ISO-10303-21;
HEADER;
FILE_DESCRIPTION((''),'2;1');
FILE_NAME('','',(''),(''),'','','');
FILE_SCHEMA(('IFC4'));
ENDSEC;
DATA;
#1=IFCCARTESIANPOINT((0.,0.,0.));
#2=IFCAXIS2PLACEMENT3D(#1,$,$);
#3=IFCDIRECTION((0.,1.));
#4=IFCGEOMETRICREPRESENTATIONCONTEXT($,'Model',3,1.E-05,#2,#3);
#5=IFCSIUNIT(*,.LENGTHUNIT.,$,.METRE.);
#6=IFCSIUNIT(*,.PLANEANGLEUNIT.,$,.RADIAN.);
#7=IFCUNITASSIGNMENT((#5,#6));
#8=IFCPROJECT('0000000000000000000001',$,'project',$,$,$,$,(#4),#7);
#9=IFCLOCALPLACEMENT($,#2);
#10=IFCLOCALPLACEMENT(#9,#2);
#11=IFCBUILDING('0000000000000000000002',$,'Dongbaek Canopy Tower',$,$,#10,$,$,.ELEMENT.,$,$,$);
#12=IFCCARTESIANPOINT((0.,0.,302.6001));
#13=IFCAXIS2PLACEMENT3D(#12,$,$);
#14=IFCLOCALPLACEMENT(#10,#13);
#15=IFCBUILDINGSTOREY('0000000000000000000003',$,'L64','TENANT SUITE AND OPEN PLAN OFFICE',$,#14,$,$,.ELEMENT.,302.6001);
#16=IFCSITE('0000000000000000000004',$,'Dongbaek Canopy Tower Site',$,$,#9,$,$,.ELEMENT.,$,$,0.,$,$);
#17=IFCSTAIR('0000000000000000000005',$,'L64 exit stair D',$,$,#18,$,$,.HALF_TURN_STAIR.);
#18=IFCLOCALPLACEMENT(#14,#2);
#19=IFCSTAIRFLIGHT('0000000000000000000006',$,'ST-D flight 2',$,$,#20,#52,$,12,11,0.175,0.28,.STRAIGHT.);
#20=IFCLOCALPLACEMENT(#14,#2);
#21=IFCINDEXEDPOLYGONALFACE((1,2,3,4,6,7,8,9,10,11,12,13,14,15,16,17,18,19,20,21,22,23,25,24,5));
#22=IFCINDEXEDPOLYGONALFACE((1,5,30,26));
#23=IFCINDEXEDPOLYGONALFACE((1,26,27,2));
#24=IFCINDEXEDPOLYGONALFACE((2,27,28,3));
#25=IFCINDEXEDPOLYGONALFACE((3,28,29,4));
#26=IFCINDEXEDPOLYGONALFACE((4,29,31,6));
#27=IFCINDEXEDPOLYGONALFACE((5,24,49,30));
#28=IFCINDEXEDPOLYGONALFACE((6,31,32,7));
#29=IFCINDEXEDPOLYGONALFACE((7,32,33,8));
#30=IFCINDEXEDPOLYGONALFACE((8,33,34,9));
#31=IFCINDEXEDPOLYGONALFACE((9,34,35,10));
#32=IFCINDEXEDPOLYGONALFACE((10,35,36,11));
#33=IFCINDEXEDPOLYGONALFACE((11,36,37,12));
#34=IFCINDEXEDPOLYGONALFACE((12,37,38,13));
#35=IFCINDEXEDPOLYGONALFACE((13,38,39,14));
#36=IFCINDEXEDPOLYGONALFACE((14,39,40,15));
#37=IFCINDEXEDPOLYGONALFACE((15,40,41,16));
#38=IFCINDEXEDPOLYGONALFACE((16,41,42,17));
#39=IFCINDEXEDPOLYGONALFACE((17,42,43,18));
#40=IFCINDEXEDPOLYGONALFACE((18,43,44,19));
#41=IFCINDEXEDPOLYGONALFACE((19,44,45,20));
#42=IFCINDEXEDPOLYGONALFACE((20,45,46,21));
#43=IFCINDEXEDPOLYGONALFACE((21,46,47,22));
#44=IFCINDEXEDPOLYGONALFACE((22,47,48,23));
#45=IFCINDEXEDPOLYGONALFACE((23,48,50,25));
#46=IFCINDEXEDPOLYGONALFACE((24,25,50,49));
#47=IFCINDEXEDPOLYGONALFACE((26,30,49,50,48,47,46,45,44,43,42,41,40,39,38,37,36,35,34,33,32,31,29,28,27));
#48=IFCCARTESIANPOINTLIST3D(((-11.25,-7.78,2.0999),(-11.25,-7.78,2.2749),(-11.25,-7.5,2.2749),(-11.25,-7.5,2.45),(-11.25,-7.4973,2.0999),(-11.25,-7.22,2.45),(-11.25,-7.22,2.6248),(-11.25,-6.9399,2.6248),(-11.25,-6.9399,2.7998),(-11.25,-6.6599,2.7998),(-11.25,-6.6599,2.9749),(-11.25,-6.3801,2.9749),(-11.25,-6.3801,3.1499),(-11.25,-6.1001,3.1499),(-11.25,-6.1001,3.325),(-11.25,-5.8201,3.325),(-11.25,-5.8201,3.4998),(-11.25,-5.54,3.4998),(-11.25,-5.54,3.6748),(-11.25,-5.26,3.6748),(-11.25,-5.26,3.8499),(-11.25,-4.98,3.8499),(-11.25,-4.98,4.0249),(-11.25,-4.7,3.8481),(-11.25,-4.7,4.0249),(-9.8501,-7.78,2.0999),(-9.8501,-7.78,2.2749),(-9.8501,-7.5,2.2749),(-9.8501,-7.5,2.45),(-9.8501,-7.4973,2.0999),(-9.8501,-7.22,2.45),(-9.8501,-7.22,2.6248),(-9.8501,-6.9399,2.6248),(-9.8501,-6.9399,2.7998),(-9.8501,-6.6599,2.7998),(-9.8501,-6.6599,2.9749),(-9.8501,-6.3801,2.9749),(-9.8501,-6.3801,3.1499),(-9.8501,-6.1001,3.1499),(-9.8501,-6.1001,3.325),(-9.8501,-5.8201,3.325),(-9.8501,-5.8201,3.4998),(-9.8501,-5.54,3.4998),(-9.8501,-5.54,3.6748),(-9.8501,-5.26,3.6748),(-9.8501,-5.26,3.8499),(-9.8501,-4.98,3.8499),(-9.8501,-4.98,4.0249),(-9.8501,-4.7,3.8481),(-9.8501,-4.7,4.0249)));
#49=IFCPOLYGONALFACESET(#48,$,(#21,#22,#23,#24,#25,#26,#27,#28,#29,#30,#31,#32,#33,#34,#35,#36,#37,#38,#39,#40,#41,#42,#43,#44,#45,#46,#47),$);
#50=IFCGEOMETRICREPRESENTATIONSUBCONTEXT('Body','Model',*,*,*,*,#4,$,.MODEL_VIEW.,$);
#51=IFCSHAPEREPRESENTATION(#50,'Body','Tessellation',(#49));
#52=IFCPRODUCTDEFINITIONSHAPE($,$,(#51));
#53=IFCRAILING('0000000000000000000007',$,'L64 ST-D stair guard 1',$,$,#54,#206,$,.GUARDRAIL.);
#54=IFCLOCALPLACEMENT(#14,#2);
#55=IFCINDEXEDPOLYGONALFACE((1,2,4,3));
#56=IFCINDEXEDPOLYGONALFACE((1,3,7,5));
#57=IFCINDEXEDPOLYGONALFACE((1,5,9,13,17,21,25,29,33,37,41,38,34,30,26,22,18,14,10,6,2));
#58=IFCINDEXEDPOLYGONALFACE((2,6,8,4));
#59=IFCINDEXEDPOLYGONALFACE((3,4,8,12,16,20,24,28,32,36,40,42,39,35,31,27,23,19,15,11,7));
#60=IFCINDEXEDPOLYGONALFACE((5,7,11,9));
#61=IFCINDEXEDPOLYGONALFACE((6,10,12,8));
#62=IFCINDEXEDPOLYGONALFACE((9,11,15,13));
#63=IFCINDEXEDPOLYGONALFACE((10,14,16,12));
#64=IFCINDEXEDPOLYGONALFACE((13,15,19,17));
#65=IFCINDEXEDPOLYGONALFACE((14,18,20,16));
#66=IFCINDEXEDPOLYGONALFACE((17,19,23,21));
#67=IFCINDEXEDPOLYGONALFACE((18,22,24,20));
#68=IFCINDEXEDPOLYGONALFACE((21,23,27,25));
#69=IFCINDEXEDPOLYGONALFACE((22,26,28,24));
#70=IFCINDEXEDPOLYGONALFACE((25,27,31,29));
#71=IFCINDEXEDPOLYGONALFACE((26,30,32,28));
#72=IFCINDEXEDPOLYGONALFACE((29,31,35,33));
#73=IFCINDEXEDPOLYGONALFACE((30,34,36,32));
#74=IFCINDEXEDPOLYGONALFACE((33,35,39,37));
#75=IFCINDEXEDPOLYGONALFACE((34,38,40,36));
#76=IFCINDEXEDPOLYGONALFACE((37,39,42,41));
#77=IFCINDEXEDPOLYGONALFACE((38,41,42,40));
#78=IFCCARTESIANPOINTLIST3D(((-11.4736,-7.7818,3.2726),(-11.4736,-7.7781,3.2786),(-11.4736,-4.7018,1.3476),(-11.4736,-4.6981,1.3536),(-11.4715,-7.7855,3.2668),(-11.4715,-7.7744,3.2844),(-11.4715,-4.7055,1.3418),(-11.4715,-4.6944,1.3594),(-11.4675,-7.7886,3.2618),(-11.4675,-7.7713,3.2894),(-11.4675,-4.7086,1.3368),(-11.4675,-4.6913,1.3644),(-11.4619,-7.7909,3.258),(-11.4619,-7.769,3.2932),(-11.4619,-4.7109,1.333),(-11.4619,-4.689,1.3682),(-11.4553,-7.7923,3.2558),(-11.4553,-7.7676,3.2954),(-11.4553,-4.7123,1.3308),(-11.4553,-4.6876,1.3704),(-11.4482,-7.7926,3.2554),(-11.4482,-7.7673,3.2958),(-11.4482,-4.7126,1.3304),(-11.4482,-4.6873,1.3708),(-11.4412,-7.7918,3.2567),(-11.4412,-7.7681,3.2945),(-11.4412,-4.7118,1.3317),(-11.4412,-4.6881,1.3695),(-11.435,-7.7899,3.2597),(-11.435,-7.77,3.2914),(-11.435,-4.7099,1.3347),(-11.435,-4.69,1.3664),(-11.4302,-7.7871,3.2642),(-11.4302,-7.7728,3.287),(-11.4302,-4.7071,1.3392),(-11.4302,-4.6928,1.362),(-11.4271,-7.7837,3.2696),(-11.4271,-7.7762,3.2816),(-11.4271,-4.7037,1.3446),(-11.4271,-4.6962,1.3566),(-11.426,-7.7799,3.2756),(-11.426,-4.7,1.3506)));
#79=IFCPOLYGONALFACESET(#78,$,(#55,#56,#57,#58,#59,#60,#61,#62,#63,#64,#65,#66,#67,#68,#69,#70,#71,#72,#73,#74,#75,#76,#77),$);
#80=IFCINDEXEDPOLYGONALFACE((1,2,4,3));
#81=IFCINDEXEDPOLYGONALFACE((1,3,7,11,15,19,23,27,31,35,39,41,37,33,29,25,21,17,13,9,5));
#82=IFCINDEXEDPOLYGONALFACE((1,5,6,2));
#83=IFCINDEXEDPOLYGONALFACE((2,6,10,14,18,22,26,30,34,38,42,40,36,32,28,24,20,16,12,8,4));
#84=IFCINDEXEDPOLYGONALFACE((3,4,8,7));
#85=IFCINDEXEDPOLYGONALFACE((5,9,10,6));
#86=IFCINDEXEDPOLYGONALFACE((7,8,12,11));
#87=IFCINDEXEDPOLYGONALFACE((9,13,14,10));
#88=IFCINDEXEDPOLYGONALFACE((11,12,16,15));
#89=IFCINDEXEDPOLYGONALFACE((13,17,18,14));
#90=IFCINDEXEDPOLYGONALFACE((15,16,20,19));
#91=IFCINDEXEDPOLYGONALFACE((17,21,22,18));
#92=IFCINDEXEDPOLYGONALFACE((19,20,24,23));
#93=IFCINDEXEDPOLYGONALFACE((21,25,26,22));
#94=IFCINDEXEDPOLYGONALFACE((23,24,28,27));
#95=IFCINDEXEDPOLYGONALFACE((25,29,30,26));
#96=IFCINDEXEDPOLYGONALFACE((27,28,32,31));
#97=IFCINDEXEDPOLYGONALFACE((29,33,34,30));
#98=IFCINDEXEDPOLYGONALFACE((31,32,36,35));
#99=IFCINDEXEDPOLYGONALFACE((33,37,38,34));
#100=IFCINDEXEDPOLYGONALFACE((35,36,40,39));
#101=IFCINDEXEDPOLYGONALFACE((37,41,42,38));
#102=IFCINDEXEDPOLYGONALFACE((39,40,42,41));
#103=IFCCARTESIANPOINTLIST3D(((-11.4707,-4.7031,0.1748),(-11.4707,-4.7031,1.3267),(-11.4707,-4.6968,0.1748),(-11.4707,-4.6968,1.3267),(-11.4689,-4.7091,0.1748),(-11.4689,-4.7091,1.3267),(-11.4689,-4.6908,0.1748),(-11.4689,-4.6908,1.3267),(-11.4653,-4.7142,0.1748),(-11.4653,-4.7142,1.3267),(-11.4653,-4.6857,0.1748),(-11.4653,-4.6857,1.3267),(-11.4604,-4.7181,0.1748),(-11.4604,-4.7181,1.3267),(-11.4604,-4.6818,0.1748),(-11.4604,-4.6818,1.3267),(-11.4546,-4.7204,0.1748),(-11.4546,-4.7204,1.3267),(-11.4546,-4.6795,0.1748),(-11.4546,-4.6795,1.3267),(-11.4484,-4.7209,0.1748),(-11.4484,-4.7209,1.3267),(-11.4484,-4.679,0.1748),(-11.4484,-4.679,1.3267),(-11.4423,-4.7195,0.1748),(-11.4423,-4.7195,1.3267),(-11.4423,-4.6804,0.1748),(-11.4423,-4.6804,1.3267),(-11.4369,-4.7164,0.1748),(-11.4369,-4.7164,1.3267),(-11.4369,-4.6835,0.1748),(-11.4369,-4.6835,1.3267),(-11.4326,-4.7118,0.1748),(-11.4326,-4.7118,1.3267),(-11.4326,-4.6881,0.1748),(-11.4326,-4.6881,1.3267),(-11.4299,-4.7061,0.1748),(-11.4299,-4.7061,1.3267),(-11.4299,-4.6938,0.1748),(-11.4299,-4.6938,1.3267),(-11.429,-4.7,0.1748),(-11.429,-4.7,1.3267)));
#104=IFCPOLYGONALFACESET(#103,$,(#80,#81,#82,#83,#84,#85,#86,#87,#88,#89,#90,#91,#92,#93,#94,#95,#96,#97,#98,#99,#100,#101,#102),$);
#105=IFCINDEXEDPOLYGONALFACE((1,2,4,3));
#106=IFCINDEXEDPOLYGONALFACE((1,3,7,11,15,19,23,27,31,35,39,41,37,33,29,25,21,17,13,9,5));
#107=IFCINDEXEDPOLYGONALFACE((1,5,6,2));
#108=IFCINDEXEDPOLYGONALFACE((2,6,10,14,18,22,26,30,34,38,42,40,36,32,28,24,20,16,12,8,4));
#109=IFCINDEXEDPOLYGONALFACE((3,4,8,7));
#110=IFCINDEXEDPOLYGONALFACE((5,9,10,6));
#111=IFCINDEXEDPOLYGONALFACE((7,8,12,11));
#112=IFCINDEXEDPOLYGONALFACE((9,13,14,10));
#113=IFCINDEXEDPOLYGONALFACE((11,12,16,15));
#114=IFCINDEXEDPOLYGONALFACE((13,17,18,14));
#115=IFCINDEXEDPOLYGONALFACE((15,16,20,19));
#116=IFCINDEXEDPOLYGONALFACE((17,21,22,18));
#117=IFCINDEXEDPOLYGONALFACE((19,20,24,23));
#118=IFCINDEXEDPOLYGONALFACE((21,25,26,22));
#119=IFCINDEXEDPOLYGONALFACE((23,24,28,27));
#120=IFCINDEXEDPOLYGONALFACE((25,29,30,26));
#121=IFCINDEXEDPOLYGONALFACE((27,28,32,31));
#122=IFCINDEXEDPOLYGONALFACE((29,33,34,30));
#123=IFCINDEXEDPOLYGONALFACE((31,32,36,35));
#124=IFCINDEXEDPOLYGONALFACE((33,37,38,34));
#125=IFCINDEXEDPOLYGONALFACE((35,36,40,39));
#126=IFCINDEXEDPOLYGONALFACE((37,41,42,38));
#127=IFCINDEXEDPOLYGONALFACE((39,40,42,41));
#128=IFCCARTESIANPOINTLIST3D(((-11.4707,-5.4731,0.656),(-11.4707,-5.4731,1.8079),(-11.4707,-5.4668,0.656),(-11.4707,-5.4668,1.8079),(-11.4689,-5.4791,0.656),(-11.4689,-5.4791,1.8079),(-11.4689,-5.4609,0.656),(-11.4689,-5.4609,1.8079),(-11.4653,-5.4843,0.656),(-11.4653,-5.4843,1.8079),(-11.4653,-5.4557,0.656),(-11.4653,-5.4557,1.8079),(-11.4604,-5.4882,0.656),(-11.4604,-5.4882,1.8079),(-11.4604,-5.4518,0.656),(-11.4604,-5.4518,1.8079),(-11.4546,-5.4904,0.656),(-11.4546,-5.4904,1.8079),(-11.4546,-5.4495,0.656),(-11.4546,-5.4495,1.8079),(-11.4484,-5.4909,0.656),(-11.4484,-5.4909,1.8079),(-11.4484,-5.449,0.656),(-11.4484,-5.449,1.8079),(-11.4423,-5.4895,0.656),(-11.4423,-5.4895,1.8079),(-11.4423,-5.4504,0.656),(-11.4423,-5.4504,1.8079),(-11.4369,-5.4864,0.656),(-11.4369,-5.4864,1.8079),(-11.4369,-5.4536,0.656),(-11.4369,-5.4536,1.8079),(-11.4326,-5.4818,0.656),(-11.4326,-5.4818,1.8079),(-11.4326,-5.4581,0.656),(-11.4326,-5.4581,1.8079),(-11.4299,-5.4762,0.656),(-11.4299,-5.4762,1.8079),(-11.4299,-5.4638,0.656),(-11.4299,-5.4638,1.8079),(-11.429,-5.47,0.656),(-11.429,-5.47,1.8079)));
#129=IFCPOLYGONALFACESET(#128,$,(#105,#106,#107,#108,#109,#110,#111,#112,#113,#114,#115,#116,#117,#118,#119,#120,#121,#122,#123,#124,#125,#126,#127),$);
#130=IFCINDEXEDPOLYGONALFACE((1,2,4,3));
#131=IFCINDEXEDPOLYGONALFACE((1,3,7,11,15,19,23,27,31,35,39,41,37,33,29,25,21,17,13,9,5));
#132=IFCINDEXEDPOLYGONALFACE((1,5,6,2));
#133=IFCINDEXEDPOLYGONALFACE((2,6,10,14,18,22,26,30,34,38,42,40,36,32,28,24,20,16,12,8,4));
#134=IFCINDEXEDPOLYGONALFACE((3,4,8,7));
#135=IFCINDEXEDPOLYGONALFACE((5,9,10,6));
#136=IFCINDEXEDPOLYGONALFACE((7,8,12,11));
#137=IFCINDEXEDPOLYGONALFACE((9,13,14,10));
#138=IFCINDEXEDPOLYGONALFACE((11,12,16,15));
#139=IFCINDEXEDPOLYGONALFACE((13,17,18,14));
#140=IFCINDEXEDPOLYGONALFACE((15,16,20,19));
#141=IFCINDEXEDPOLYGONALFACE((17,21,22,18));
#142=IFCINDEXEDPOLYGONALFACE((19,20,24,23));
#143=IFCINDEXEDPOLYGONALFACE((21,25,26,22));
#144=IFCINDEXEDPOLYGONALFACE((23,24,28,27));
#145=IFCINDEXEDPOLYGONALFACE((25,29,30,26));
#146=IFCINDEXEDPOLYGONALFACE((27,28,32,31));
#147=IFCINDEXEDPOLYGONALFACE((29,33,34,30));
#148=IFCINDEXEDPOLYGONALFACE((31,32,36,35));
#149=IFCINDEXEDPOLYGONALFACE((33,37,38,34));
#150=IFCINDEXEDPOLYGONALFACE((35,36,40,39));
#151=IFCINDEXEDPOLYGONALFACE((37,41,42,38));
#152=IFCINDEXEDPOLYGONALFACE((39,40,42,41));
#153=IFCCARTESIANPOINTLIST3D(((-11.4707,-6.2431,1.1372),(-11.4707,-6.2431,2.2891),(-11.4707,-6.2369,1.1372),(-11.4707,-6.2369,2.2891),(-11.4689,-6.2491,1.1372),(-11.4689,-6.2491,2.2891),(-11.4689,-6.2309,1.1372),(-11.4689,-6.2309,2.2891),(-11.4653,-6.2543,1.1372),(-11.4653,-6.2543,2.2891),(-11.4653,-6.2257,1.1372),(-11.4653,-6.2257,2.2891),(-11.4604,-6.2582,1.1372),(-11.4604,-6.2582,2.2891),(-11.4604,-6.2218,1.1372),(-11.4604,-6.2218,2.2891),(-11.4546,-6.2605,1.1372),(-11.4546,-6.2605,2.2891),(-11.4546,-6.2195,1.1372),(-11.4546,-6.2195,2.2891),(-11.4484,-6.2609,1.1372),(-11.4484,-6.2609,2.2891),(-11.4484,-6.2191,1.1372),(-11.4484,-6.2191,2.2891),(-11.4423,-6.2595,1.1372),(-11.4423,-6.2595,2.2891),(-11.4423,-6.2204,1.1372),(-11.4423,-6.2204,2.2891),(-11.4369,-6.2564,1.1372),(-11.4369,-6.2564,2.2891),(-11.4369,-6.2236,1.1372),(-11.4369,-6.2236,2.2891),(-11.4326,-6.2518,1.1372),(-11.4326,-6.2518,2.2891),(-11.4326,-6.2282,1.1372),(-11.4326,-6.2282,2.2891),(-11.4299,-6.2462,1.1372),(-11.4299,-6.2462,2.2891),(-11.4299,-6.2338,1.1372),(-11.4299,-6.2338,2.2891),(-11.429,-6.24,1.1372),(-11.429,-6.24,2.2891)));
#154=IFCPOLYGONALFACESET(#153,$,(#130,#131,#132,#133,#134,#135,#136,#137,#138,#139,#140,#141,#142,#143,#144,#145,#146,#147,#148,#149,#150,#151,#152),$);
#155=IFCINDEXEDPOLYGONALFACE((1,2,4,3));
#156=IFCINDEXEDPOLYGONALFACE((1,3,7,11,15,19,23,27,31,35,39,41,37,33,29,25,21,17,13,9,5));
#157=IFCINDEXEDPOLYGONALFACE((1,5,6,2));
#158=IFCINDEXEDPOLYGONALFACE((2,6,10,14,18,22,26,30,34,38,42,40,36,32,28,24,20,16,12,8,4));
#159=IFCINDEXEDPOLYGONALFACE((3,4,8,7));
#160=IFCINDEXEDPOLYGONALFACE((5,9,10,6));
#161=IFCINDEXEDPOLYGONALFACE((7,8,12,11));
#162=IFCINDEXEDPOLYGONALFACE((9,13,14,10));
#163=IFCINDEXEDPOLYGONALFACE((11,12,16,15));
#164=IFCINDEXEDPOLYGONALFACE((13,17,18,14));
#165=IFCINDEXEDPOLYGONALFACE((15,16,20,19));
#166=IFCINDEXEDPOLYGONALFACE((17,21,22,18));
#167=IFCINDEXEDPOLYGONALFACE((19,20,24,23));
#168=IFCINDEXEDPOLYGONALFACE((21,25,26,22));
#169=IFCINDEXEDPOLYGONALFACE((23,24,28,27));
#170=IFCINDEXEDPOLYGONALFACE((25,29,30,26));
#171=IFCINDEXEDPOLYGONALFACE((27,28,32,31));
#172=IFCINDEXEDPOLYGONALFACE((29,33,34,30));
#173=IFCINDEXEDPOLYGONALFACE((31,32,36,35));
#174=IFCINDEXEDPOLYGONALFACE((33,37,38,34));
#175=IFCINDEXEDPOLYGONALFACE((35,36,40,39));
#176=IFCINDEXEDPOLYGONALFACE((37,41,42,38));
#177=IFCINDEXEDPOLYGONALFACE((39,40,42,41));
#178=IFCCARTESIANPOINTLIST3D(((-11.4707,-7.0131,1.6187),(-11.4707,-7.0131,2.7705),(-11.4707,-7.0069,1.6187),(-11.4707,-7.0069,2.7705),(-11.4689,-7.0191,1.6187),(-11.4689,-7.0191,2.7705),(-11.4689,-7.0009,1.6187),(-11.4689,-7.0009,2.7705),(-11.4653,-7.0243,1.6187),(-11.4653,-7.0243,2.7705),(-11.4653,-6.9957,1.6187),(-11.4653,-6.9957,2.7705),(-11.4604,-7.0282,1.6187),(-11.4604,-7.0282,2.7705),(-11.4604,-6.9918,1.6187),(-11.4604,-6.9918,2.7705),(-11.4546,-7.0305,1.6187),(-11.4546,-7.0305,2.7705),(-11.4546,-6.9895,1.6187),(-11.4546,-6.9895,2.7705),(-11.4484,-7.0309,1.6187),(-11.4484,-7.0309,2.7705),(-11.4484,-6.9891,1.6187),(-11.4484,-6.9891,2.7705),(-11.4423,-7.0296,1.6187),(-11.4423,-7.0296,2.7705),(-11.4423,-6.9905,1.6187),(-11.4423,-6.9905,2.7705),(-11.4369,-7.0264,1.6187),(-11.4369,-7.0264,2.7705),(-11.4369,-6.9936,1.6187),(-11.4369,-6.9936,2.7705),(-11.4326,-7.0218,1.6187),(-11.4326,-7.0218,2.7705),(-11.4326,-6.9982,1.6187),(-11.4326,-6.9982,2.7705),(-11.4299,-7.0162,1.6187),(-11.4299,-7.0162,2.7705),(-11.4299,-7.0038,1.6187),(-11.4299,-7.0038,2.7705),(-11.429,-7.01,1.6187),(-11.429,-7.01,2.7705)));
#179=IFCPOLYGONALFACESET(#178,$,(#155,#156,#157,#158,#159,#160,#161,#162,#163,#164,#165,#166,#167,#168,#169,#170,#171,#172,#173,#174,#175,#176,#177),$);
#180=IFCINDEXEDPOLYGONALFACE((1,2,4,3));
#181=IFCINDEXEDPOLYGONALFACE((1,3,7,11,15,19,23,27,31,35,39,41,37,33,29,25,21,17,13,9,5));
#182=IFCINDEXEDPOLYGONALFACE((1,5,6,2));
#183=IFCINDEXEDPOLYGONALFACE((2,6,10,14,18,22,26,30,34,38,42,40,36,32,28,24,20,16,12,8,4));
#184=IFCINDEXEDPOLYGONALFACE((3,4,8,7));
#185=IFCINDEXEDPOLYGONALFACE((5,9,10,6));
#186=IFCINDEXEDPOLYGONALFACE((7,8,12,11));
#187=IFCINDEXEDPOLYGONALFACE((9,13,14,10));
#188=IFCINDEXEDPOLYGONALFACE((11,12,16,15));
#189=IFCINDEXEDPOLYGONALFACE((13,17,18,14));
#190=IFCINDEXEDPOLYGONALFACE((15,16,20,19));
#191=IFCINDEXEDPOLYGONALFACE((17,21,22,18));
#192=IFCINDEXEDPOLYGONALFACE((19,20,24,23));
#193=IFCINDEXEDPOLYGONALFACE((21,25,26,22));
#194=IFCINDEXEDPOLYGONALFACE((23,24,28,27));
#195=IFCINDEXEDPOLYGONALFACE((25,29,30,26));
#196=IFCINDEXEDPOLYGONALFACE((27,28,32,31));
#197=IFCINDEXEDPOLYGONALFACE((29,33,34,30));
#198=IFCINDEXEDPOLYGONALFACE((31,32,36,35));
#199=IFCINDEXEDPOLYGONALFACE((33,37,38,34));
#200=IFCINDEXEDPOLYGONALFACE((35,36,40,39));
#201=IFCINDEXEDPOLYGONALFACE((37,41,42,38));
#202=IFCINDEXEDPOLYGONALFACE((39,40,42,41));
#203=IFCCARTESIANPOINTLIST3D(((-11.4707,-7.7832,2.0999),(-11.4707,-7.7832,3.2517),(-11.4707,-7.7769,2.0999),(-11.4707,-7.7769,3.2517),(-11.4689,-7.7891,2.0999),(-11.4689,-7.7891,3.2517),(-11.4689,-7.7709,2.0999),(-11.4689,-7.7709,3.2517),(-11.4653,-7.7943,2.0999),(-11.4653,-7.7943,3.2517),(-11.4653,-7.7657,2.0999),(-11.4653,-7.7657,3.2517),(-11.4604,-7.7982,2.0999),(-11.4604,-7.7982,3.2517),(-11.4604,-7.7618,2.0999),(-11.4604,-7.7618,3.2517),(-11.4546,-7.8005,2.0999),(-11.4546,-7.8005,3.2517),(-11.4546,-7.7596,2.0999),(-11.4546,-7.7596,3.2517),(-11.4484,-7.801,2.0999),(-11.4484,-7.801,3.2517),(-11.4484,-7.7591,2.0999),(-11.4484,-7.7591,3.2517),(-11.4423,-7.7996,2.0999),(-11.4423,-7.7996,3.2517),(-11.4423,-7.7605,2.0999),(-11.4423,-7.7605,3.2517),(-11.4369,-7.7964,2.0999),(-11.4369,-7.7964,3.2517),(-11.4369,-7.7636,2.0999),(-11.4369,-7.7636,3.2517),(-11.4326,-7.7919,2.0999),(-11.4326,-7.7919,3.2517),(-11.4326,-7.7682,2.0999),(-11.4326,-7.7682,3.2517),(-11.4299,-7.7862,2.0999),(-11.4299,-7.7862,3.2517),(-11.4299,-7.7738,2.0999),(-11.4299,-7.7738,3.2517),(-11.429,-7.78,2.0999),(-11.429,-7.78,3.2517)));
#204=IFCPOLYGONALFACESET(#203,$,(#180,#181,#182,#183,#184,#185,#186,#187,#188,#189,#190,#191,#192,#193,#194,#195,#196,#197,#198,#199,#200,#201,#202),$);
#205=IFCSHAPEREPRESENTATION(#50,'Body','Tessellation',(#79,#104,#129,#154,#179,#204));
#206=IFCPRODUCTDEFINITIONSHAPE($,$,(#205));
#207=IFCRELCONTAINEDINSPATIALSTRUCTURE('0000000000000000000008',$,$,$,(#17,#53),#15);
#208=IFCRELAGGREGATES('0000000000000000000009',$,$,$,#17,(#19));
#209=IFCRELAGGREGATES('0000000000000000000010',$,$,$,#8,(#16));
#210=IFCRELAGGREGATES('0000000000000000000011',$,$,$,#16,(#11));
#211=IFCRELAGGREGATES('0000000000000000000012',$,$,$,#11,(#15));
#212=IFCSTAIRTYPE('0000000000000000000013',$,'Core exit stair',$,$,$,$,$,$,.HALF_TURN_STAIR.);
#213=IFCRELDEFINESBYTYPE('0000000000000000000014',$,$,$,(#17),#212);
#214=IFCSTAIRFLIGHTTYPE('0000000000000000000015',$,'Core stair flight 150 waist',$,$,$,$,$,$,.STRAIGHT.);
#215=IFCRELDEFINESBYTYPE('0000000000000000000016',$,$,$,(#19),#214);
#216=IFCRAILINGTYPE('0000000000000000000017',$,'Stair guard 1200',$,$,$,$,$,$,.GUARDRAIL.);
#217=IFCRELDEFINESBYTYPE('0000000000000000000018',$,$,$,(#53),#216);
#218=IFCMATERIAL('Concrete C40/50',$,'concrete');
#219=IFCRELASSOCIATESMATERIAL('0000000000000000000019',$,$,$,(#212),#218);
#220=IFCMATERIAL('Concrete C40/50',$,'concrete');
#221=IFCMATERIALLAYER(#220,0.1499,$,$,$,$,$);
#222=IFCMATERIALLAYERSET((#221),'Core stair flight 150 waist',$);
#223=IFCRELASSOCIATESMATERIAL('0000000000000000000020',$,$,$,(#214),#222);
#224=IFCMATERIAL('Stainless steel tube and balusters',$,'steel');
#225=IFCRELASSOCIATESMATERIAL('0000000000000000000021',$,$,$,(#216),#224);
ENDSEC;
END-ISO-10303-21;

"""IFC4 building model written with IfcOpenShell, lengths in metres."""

from ifc_helpers import new_model, si_unit, direction, frame, origin, origin_2d, place, context, subcontext, project, spatial, polyline, circle, outline, extrude, material, layer, layer_set, type_object, element, aggregate, save


model = new_model("IFC4")

# Units and contexts
model_context = context("Model", 3, precision=1e-05, world=origin(), true_north=direction((0.0, 1.0)))
body_context = subcontext(model_context, "Body", "Model", "MODEL_VIEW")
ifc_project = project(units=[si_unit("LENGTHUNIT", "METRE"), si_unit("PLANEANGLEUNIT", "RADIAN")], contexts=[model_context])

# Site, building, storey
site_placement = place(None, origin())
site = spatial("IfcSite", under=ifc_project, at=site_placement, Name="Dongbaek Canopy Tower Site", CompositionType="ELEMENT", RefElevation=0.0)
building_placement = place(site_placement, origin())
building = spatial("IfcBuilding", under=site, at=building_placement, Name="Dongbaek Canopy Tower", CompositionType="ELEMENT")
storey_placement = place(building_placement, frame((0.0, 0.0, 302.6001)))
storey = spatial("IfcBuildingStorey", under=building, at=storey_placement, Name="L64", Description="TENANT SUITE AND OPEN PLAN OFFICE", CompositionType="ELEMENT", Elevation=302.6001)

# Stair, stair flight
ifc_material_1 = material(Name="Concrete C40/50", Category="concrete")
stair_type = type_object("IfcStairType", Name="Core exit stair", PredefinedType="HALF_TURN_STAIR", material=ifc_material_1)
stair_placement = place(storey_placement, origin())
stair = element("IfcStair", 1, at=stair_placement, inside=storey, type_object=stair_type, Name="L64 exit stair D", PredefinedType="HALF_TURN_STAIR")
ifc_material_2 = material(Name="Concrete C40/50", Category="concrete")
ifc_layer_1 = layer(ifc_material_2, 0.1499)
ifc_layer_set_1 = layer_set([ifc_layer_1], Name="Core stair flight 150 waist")
stair_flight_type = type_object("IfcStairFlightType", Name="Core stair flight 150 waist", PredefinedType="STRAIGHT", material=ifc_layer_set_1)
stair_flight_1_placement = place(storey_placement, frame((-10.55, -7.78, 2.0999), z_axis=(0.0, 0.0, 1.0), x_axis=(0.0, 1.0, 0.0)))
stair_flight_1 = element("IfcStairFlight", 2, at=stair_flight_1_placement, type_object=stair_flight_type, Name="ST-D flight 2", NumberOfRisers=12, NumberOfTreads=11, PredefinedType="STRAIGHT", RiserHeight=0.175, TreadLength=0.28, context=body_context, shape_type="SweptSolid", body=[
    extrude(outline(polyline([(0.0, 0.0), (0.0, 0.175), (0.28, 0.175), (0.28, 0.3501), (0.5601, 0.3501), (0.5601, 0.5249), (0.8401, 0.5249), (0.8401, 0.7), (1.1201, 0.7), (1.1201, 0.875), (1.3999, 0.875), (1.3999, 1.05), (1.6799, 1.05), (1.6799, 1.2251), (1.96, 1.2251), (1.96, 1.3999), (2.24, 1.3999), (2.24, 1.575), (2.52, 1.575), (2.52, 1.75), (2.8, 1.75), (2.8, 1.925), (3.0801, 1.925), (3.0801, 2.1001), (3.0801, 1.7483), (0.2827, 0.0), (0.0, 0.0)])), frame((0.0, 0.7, 0.0), z_axis=(0.0, -1.0, 0.0), x_axis=(1.0, 0.0, 0.0)), (0.0, 0.0, 1.0), 1.3999),
])
aggregate(stair, [stair_flight_1])

# Railing
ifc_material_3 = material(Name="Stainless steel tube and balusters", Category="steel")
railing_type_1 = type_object("IfcRailingType", Name="Stair guard 1200", PredefinedType="GUARDRAIL", material=ifc_material_3)
railing_1_placement = place(storey_placement, frame((-11.45, -4.7, 0.1748)))
element("IfcRailing", 3, at=railing_1_placement, inside=storey, type_object=railing_type_1, Name="L64 ST-D stair guard 1", PredefinedType="GUARDRAIL", context=body_context, shape_type="SweptSolid", body=[
    extrude(circle(Radius=0.0239, at=origin_2d()), frame((0.0, 0.0, 1.1758), z_axis=(0.0, -0.847998, 0.529999), x_axis=(1.0, 0.0, 0.0)), (0.0, 0.0, 1.0), 3.6321),
    extrude(circle(Radius=0.021, at=origin_2d()), origin(), (0.0, 0.0, 1.0), 1.1519),
    extrude(circle(Radius=0.021, at=origin_2d()), frame((0.0, -0.77, 0.4812)), (0.0, 0.0, 1.0), 1.1519),
    extrude(circle(Radius=0.021, at=origin_2d()), frame((0.0, -1.54, 0.9624)), (0.0, 0.0, 1.0), 1.1519),
    extrude(circle(Radius=0.021, at=origin_2d()), frame((0.0, -2.3101, 1.4438)), (0.0, 0.0, 1.0), 1.1519),
    extrude(circle(Radius=0.021, at=origin_2d()), frame((0.0, -3.0801, 1.925)), (0.0, 0.0, 1.0), 1.1519),
])

save(model, "model.ifc")
